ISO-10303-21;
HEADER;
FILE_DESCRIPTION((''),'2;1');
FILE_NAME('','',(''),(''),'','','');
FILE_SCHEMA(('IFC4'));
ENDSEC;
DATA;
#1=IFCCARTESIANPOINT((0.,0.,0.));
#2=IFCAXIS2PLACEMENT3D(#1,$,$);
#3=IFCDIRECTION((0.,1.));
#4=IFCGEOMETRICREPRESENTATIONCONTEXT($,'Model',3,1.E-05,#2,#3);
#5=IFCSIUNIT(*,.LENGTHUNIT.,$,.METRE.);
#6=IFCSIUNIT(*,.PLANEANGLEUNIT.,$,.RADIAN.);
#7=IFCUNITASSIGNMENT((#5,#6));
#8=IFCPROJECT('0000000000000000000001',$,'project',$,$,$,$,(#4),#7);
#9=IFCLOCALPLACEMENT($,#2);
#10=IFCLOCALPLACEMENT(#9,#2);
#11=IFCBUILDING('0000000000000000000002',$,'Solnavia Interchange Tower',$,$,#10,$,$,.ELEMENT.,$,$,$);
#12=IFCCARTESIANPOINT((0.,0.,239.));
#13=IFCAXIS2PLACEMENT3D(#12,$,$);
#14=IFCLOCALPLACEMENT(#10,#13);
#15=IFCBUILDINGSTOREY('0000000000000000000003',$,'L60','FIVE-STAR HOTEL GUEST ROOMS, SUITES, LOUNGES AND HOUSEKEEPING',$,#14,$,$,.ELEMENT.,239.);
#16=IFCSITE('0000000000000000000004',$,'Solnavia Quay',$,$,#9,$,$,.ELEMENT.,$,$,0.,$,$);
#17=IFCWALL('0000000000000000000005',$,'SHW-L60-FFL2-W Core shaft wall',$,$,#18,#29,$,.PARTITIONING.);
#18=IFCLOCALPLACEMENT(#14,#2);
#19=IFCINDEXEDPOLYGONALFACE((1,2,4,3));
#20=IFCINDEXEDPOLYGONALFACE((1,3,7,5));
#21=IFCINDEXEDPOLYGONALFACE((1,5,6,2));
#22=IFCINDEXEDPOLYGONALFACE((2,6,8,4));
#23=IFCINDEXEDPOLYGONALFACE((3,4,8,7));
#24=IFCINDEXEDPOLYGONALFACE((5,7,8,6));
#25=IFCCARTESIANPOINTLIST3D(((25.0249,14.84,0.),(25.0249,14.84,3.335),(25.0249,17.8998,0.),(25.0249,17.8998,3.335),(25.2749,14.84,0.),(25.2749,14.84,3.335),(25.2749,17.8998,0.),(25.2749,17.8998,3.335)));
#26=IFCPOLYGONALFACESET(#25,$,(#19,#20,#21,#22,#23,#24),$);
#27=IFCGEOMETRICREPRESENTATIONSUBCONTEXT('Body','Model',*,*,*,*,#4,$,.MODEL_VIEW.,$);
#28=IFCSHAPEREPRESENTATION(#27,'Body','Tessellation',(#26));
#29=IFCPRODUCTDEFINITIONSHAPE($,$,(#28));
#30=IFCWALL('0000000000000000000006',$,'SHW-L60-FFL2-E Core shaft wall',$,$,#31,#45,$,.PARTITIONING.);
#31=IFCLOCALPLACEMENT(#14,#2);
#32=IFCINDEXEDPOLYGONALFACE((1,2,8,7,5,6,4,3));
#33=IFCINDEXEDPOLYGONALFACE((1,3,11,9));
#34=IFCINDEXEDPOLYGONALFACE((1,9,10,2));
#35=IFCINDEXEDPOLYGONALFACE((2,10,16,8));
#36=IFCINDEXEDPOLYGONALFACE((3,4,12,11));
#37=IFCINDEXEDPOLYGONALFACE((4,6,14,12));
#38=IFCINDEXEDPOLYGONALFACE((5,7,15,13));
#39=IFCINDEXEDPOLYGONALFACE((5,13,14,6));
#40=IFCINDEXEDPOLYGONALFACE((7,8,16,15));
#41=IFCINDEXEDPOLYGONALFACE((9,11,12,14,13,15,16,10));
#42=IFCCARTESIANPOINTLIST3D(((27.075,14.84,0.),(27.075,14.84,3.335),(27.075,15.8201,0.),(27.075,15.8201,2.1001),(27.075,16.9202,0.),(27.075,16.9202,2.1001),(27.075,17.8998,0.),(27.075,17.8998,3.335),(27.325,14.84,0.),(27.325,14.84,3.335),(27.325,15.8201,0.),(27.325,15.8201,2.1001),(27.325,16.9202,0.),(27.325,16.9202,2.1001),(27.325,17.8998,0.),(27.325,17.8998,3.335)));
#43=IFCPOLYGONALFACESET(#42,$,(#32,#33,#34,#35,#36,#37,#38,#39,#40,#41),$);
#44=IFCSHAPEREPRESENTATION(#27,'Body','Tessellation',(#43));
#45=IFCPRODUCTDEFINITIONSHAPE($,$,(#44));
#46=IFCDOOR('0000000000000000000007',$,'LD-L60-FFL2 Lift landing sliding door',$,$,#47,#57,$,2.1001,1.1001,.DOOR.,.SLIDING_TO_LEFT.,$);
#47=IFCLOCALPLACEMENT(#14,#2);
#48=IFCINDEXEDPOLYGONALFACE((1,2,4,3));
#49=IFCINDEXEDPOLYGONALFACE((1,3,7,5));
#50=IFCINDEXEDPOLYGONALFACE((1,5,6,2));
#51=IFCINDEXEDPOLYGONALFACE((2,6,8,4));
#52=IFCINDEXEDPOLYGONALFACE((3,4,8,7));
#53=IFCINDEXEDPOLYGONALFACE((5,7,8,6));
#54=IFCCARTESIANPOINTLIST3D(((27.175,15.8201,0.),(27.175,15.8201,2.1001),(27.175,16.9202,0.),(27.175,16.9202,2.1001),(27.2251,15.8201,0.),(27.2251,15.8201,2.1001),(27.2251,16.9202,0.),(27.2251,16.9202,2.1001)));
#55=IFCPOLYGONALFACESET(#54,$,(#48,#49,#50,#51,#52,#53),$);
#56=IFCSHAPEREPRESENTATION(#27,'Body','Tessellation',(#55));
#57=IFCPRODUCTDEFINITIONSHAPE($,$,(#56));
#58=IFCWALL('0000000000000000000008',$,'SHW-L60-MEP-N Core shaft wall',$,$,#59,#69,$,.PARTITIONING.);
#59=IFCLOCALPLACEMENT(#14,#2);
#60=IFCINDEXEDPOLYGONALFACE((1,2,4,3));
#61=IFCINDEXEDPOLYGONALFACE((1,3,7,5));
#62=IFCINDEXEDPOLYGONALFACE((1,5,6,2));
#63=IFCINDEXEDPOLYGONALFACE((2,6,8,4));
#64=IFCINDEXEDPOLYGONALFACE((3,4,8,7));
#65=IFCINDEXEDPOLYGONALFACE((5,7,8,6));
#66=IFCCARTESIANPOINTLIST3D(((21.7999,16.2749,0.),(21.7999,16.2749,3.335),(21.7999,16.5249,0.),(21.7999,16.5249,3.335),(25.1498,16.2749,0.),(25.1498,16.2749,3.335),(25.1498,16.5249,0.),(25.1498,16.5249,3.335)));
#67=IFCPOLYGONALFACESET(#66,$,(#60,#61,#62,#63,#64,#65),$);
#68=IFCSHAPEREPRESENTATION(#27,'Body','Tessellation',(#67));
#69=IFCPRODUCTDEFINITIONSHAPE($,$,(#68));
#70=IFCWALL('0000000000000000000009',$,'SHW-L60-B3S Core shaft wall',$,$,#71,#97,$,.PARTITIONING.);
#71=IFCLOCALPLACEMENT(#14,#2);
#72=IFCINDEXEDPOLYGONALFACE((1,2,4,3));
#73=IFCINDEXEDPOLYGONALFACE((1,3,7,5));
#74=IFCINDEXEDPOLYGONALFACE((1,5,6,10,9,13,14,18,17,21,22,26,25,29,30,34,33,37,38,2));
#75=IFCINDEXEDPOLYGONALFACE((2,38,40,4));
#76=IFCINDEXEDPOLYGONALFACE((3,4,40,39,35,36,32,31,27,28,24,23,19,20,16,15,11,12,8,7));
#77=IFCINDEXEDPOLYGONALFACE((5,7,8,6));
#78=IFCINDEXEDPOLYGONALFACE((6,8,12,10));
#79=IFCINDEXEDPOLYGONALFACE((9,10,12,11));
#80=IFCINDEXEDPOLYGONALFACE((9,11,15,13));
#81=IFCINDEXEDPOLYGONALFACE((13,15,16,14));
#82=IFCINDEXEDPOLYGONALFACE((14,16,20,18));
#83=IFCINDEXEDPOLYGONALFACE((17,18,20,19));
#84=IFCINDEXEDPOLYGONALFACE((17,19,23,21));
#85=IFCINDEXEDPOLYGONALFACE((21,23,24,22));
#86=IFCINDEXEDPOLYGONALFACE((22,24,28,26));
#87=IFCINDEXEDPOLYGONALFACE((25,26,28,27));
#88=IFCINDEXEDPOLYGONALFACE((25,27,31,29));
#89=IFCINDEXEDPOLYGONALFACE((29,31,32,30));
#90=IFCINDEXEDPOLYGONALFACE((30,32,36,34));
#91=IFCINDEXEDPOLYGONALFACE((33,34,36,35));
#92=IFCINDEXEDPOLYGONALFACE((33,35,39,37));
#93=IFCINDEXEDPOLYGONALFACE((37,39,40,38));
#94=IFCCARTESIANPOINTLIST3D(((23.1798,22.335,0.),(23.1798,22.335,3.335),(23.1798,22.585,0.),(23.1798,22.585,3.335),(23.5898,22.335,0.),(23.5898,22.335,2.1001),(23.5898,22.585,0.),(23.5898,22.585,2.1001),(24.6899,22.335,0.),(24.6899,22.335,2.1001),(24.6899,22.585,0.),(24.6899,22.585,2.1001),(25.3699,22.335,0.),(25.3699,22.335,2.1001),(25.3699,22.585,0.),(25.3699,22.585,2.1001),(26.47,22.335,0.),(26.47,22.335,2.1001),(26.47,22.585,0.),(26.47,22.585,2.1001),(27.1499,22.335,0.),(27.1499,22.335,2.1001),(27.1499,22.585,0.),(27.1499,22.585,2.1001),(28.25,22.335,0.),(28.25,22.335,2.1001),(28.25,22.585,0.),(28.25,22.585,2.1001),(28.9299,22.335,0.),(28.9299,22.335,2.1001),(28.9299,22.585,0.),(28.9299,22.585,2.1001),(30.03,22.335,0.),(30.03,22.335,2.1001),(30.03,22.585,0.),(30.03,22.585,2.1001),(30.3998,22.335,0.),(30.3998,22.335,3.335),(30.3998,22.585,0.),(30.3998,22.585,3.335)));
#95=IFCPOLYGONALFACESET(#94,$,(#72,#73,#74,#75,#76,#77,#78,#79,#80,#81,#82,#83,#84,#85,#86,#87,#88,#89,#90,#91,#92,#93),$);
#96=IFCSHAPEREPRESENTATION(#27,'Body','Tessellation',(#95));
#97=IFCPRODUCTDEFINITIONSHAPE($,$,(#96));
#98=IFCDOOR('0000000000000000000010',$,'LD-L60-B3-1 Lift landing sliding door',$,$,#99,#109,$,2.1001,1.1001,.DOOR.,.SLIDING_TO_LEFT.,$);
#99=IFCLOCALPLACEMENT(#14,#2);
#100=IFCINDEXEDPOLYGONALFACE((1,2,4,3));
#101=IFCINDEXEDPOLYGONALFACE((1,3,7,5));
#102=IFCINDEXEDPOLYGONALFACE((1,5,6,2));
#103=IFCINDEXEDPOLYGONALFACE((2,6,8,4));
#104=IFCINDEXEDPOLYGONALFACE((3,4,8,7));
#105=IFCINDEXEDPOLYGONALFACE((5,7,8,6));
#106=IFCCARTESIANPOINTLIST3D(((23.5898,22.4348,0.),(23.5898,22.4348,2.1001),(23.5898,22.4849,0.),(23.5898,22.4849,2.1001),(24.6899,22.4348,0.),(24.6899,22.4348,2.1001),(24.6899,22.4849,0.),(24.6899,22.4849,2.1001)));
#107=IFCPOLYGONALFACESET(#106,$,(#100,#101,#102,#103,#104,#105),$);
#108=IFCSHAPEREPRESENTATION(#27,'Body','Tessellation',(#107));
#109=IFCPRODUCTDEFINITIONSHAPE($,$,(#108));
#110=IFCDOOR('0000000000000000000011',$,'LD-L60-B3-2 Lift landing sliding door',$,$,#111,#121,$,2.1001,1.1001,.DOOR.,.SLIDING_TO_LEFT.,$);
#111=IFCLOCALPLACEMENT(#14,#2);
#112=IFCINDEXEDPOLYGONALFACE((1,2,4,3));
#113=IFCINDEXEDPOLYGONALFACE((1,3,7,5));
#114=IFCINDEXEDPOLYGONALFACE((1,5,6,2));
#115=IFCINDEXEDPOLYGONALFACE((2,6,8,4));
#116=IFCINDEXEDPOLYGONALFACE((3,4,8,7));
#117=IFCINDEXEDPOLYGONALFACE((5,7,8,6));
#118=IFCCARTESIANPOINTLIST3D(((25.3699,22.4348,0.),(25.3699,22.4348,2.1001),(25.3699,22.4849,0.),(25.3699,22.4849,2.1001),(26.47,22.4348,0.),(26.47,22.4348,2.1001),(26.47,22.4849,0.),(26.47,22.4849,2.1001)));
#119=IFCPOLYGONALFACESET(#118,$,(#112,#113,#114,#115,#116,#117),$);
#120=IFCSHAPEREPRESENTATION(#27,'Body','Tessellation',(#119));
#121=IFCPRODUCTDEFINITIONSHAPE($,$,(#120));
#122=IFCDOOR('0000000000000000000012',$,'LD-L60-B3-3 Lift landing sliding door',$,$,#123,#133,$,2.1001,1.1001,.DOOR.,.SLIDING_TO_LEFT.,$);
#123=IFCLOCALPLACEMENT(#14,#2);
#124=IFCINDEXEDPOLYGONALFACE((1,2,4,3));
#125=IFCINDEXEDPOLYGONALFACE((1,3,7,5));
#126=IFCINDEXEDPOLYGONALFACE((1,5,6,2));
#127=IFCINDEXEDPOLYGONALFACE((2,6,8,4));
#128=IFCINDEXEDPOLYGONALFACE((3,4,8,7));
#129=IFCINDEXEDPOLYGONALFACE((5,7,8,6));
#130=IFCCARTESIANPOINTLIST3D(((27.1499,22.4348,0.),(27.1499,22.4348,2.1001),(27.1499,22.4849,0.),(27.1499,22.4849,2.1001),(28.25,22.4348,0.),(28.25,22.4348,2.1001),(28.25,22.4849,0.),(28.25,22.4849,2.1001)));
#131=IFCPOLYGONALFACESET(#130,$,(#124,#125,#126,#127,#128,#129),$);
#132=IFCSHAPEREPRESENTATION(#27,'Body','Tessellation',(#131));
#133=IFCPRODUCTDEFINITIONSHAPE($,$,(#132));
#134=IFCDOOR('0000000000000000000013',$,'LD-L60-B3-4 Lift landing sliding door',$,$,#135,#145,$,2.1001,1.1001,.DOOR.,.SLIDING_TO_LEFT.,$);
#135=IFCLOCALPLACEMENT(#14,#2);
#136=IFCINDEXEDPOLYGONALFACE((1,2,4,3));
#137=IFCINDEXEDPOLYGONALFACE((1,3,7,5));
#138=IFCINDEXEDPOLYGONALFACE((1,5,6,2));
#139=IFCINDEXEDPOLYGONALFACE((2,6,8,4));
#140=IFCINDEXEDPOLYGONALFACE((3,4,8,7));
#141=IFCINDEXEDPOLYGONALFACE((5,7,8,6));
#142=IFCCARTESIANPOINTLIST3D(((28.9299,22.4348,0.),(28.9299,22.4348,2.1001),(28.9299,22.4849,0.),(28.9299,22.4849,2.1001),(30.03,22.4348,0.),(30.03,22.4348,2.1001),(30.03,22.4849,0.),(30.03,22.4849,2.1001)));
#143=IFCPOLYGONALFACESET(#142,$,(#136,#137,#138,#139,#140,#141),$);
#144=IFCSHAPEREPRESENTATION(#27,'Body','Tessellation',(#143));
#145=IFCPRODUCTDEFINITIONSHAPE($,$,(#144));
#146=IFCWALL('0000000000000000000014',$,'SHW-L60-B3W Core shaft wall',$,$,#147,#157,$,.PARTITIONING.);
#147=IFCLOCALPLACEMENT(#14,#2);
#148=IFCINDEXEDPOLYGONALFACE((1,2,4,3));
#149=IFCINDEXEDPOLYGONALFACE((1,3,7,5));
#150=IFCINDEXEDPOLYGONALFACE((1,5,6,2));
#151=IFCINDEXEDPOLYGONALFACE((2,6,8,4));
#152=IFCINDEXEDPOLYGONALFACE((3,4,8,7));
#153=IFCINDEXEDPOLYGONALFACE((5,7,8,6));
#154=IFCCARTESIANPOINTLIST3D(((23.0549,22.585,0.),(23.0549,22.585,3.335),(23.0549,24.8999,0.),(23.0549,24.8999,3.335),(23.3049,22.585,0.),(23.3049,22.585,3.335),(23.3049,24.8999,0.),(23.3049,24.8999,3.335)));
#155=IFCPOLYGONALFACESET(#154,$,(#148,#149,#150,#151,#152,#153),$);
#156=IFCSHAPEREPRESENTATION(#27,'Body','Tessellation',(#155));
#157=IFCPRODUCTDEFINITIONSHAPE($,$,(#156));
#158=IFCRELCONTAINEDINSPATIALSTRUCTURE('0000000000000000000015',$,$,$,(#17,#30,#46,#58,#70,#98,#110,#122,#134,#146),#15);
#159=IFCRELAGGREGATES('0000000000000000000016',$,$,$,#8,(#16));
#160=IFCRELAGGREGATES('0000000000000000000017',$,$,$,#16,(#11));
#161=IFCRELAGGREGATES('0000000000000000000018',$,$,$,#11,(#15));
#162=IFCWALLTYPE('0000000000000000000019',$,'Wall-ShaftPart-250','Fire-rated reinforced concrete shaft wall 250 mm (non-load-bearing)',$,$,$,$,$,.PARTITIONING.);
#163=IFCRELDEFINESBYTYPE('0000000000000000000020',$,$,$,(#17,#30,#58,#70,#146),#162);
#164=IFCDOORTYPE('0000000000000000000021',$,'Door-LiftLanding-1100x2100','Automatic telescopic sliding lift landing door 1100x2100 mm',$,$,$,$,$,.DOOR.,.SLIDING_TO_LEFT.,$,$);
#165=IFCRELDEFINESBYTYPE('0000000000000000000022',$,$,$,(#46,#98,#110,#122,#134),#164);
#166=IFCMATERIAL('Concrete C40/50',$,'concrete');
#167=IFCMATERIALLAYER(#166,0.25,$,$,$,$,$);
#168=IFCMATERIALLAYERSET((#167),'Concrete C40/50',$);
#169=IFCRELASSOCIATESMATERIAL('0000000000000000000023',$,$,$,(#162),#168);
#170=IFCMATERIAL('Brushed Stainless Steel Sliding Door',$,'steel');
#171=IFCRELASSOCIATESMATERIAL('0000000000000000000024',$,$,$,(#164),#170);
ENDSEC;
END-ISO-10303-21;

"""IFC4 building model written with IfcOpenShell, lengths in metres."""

from ifc_helpers import new_model, si_unit, direction, frame, frame_2d, origin, place, context, subcontext, project, spatial, rectangle, extrude, material, layer, layer_set, type_object, element, fill, save


model = new_model("IFC4")

# Units and contexts
model_context = context("Model", 3, precision=1e-05, world=origin(), true_north=direction((0.0, 1.0)))
body_context = subcontext(model_context, "Body", "Model", "MODEL_VIEW")
ifc_project = project(units=[si_unit("LENGTHUNIT", "METRE"), si_unit("PLANEANGLEUNIT", "RADIAN")], contexts=[model_context])

# Site, building, storey
site_placement = place(None, origin())
site = spatial("IfcSite", under=ifc_project, at=site_placement, Name="Solnavia Quay", CompositionType="ELEMENT", RefElevation=0.0)
building_placement = place(site_placement, origin())
building = spatial("IfcBuilding", under=site, at=building_placement, Name="Solnavia Interchange Tower", CompositionType="ELEMENT")
storey_placement = place(building_placement, frame((0.0, 0.0, 239.0)))
storey = spatial("IfcBuildingStorey", under=building, at=storey_placement, Name="L60", Description="FIVE-STAR HOTEL GUEST ROOMS, SUITES, LOUNGES AND HOUSEKEEPING", CompositionType="ELEMENT", Elevation=239.0)

# Shared definitions
ifc_material_1 = material(Name="Concrete C40/50", Category="concrete")
ifc_layer_1 = layer(ifc_material_1, 0.25)
ifc_layer_set_1 = layer_set([ifc_layer_1], Name="Concrete C40/50")
wall_type_1 = type_object("IfcWallType", Name="Wall-ShaftPart-250", Description="Fire-rated reinforced concrete shaft wall 250 mm (non-load-bearing)", PredefinedType="PARTITIONING", material=ifc_layer_set_1)

# Wall
wall_1_placement = place(storey_placement, frame((25.1499, 14.8401, 0.0), z_axis=(0.0, 0.0, 1.0), x_axis=(0.0, 1.0, 0.0)))
element("IfcWall", 1, at=wall_1_placement, inside=storey, type_object=wall_type_1, Name="SHW-L60-FFL2-W Core shaft wall", PredefinedType="PARTITIONING", context=body_context, shape_type="SweptSolid", body=[
    extrude(rectangle(XDim=3.0598, YDim=0.25, at=frame_2d((1.5298, 0.0))), origin(), (0.0, 0.0, 1.0), 3.335),
])

# Wall, opening, door
wall_2_placement = place(storey_placement, frame((27.2, 14.8401, 0.0), z_axis=(0.0, 0.0, 1.0), x_axis=(0.0, 1.0, 0.0)))
wall_2 = element("IfcWall", 2, at=wall_2_placement, inside=storey, type_object=wall_type_1, Name="SHW-L60-FFL2-E Core shaft wall", PredefinedType="PARTITIONING", context=body_context, shape_type="SweptSolid", body=[
    extrude(rectangle(XDim=3.0598, YDim=0.25, at=frame_2d((1.5298, 0.0))), origin(), (0.0, 0.0, 1.0), 3.335),
])
opening_1_placement = place(wall_2_placement, frame((0.98, 0.0, 0.0)))
opening_1 = element("IfcOpeningElement", 3, at=opening_1_placement, cuts=wall_2, PredefinedType="OPENING", context=body_context, shape_type="SweptSolid", body=[
    extrude(rectangle(XDim=1.1001, YDim=2.1001, at=frame_2d((0.55, 1.05))), frame((0.0, 0.135, 0.0), z_axis=(0.0, -1.0, 0.0), x_axis=(1.0, 0.0, 0.0)), (0.0, 0.0, 1.0), 0.27),
])
ifc_material_2 = material(Name="Brushed Stainless Steel Sliding Door", Category="steel")
door_type_1 = type_object("IfcDoorType", Name="Door-LiftLanding-1100x2100", Description="Automatic telescopic sliding lift landing door 1100x2100 mm", OperationType="SLIDING_TO_LEFT", PredefinedType="DOOR", material=ifc_material_2)
door_1_placement = place(opening_1_placement, origin())
door_1 = element("IfcDoor", 4, at=door_1_placement, inside=storey, type_object=door_type_1, Name="LD-L60-FFL2 Lift landing sliding door", OperationType="SLIDING_TO_LEFT", OverallHeight=2.1001, OverallWidth=1.1001, PredefinedType="DOOR", context=body_context, shape_type="SweptSolid", body=[
    extrude(rectangle(XDim=1.1001, YDim=2.1001, at=frame_2d((0.55, 1.05))), frame((0.0, 0.0249, 0.0), z_axis=(0.0, -1.0, 0.0), x_axis=(1.0, 0.0, 0.0)), (0.0, 0.0, 1.0), 0.05),
])
fill(opening_1, door_1)

# Wall
wall_3_placement = place(storey_placement, frame((21.8, 16.3999, 0.0), z_axis=(0.0, 0.0, 1.0), x_axis=(1.0, 0.0, 0.0)))
element("IfcWall", 5, at=wall_3_placement, inside=storey, type_object=wall_type_1, Name="SHW-L60-MEP-N Core shaft wall", PredefinedType="PARTITIONING", context=body_context, shape_type="SweptSolid", body=[
    extrude(rectangle(XDim=3.3499, YDim=0.25, at=frame_2d((1.6748, 0.0))), origin(), (0.0, 0.0, 1.0), 3.335),
])

# Wall, openings, doors
wall_4_placement = place(storey_placement, frame((23.1799, 22.46, 0.0), z_axis=(0.0, 0.0, 1.0), x_axis=(1.0, 0.0, 0.0)))
wall_4 = element("IfcWall", 6, at=wall_4_placement, inside=storey, type_object=wall_type_1, Name="SHW-L60-B3S Core shaft wall", PredefinedType="PARTITIONING", context=body_context, shape_type="SweptSolid", body=[
    extrude(rectangle(XDim=7.22, YDim=0.25, at=frame_2d((3.6099, 0.0))), origin(), (0.0, 0.0, 1.0), 3.335),
])
opening_2_placement = place(wall_4_placement, frame((0.4099, 0.0, 0.0)))
opening_2 = element("IfcOpeningElement", 7, at=opening_2_placement, cuts=wall_4, PredefinedType="OPENING", context=body_context, shape_type="SweptSolid", body=[
    extrude(rectangle(XDim=1.1001, YDim=2.1001, at=frame_2d((0.55, 1.05))), frame((0.0, 0.135, 0.0), z_axis=(0.0, -1.0, 0.0), x_axis=(1.0, 0.0, 0.0)), (0.0, 0.0, 1.0), 0.27),
])
opening_3_placement = place(wall_4_placement, frame((2.1899, 0.0, 0.0)))
opening_3 = element("IfcOpeningElement", 8, at=opening_3_placement, cuts=wall_4, PredefinedType="OPENING", context=body_context, shape_type="SweptSolid", body=[
    extrude(rectangle(XDim=1.1001, YDim=2.1001, at=frame_2d((0.55, 1.05))), frame((0.0, 0.135, 0.0), z_axis=(0.0, -1.0, 0.0), x_axis=(1.0, 0.0, 0.0)), (0.0, 0.0, 1.0), 0.27),
])
opening_4_placement = place(wall_4_placement, frame((3.97, 0.0, 0.0)))
opening_4 = element("IfcOpeningElement", 9, at=opening_4_placement, cuts=wall_4, PredefinedType="OPENING", context=body_context, shape_type="SweptSolid", body=[
    extrude(rectangle(XDim=1.1001, YDim=2.1001, at=frame_2d((0.55, 1.05))), frame((0.0, 0.135, 0.0), z_axis=(0.0, -1.0, 0.0), x_axis=(1.0, 0.0, 0.0)), (0.0, 0.0, 1.0), 0.27),
])
opening_5_placement = place(wall_4_placement, frame((5.75, 0.0, 0.0)))
opening_5 = element("IfcOpeningElement", 10, at=opening_5_placement, cuts=wall_4, PredefinedType="OPENING", context=body_context, shape_type="SweptSolid", body=[
    extrude(rectangle(XDim=1.1001, YDim=2.1001, at=frame_2d((0.55, 1.05))), frame((0.0, 0.135, 0.0), z_axis=(0.0, -1.0, 0.0), x_axis=(1.0, 0.0, 0.0)), (0.0, 0.0, 1.0), 0.27),
])
door_2_placement = place(opening_2_placement, origin())
door_2 = element("IfcDoor", 11, at=door_2_placement, inside=storey, type_object=door_type_1, Name="LD-L60-B3-1 Lift landing sliding door", OperationType="SLIDING_TO_LEFT", OverallHeight=2.1001, OverallWidth=1.1001, PredefinedType="DOOR", context=body_context, shape_type="SweptSolid", body=[
    extrude(rectangle(XDim=1.1001, YDim=2.1001, at=frame_2d((0.55, 1.05))), frame((0.0, 0.0249, 0.0), z_axis=(0.0, -1.0, 0.0), x_axis=(1.0, 0.0, 0.0)), (0.0, 0.0, 1.0), 0.05),
])
fill(opening_2, door_2)
door_3_placement = place(opening_3_placement, origin())
door_3 = element("IfcDoor", 12, at=door_3_placement, inside=storey, type_object=door_type_1, Name="LD-L60-B3-2 Lift landing sliding door", OperationType="SLIDING_TO_LEFT", OverallHeight=2.1001, OverallWidth=1.1001, PredefinedType="DOOR", context=body_context, shape_type="SweptSolid", body=[
    extrude(rectangle(XDim=1.1001, YDim=2.1001, at=frame_2d((0.55, 1.05))), frame((0.0, 0.0249, 0.0), z_axis=(0.0, -1.0, 0.0), x_axis=(1.0, 0.0, 0.0)), (0.0, 0.0, 1.0), 0.05),
])
fill(opening_3, door_3)
door_4_placement = place(opening_4_placement, origin())
door_4 = element("IfcDoor", 13, at=door_4_placement, inside=storey, type_object=door_type_1, Name="LD-L60-B3-3 Lift landing sliding door", OperationType="SLIDING_TO_LEFT", OverallHeight=2.1001, OverallWidth=1.1001, PredefinedType="DOOR", context=body_context, shape_type="SweptSolid", body=[
    extrude(rectangle(XDim=1.1001, YDim=2.1001, at=frame_2d((0.55, 1.05))), frame((0.0, 0.0249, 0.0), z_axis=(0.0, -1.0, 0.0), x_axis=(1.0, 0.0, 0.0)), (0.0, 0.0, 1.0), 0.05),
])
fill(opening_4, door_4)
door_5_placement = place(opening_5_placement, origin())
door_5 = element("IfcDoor", 14, at=door_5_placement, inside=storey, type_object=door_type_1, Name="LD-L60-B3-4 Lift landing sliding door", OperationType="SLIDING_TO_LEFT", OverallHeight=2.1001, OverallWidth=1.1001, PredefinedType="DOOR", context=body_context, shape_type="SweptSolid", body=[
    extrude(rectangle(XDim=1.1001, YDim=2.1001, at=frame_2d((0.55, 1.05))), frame((0.0, 0.0249, 0.0), z_axis=(0.0, -1.0, 0.0), x_axis=(1.0, 0.0, 0.0)), (0.0, 0.0, 1.0), 0.05),
])
fill(opening_5, door_5)

# Wall
wall_5_placement = place(storey_placement, frame((23.1799, 22.585, 0.0), z_axis=(0.0, 0.0, 1.0), x_axis=(0.0, 1.0, 0.0)))
element("IfcWall", 15, at=wall_5_placement, inside=storey, type_object=wall_type_1, Name="SHW-L60-B3W Core shaft wall", PredefinedType="PARTITIONING", context=body_context, shape_type="SweptSolid", body=[
    extrude(rectangle(XDim=2.3149, YDim=0.25, at=frame_2d((1.1575, 0.0))), origin(), (0.0, 0.0, 1.0), 3.335),
])

save(model, "model.ifc")
